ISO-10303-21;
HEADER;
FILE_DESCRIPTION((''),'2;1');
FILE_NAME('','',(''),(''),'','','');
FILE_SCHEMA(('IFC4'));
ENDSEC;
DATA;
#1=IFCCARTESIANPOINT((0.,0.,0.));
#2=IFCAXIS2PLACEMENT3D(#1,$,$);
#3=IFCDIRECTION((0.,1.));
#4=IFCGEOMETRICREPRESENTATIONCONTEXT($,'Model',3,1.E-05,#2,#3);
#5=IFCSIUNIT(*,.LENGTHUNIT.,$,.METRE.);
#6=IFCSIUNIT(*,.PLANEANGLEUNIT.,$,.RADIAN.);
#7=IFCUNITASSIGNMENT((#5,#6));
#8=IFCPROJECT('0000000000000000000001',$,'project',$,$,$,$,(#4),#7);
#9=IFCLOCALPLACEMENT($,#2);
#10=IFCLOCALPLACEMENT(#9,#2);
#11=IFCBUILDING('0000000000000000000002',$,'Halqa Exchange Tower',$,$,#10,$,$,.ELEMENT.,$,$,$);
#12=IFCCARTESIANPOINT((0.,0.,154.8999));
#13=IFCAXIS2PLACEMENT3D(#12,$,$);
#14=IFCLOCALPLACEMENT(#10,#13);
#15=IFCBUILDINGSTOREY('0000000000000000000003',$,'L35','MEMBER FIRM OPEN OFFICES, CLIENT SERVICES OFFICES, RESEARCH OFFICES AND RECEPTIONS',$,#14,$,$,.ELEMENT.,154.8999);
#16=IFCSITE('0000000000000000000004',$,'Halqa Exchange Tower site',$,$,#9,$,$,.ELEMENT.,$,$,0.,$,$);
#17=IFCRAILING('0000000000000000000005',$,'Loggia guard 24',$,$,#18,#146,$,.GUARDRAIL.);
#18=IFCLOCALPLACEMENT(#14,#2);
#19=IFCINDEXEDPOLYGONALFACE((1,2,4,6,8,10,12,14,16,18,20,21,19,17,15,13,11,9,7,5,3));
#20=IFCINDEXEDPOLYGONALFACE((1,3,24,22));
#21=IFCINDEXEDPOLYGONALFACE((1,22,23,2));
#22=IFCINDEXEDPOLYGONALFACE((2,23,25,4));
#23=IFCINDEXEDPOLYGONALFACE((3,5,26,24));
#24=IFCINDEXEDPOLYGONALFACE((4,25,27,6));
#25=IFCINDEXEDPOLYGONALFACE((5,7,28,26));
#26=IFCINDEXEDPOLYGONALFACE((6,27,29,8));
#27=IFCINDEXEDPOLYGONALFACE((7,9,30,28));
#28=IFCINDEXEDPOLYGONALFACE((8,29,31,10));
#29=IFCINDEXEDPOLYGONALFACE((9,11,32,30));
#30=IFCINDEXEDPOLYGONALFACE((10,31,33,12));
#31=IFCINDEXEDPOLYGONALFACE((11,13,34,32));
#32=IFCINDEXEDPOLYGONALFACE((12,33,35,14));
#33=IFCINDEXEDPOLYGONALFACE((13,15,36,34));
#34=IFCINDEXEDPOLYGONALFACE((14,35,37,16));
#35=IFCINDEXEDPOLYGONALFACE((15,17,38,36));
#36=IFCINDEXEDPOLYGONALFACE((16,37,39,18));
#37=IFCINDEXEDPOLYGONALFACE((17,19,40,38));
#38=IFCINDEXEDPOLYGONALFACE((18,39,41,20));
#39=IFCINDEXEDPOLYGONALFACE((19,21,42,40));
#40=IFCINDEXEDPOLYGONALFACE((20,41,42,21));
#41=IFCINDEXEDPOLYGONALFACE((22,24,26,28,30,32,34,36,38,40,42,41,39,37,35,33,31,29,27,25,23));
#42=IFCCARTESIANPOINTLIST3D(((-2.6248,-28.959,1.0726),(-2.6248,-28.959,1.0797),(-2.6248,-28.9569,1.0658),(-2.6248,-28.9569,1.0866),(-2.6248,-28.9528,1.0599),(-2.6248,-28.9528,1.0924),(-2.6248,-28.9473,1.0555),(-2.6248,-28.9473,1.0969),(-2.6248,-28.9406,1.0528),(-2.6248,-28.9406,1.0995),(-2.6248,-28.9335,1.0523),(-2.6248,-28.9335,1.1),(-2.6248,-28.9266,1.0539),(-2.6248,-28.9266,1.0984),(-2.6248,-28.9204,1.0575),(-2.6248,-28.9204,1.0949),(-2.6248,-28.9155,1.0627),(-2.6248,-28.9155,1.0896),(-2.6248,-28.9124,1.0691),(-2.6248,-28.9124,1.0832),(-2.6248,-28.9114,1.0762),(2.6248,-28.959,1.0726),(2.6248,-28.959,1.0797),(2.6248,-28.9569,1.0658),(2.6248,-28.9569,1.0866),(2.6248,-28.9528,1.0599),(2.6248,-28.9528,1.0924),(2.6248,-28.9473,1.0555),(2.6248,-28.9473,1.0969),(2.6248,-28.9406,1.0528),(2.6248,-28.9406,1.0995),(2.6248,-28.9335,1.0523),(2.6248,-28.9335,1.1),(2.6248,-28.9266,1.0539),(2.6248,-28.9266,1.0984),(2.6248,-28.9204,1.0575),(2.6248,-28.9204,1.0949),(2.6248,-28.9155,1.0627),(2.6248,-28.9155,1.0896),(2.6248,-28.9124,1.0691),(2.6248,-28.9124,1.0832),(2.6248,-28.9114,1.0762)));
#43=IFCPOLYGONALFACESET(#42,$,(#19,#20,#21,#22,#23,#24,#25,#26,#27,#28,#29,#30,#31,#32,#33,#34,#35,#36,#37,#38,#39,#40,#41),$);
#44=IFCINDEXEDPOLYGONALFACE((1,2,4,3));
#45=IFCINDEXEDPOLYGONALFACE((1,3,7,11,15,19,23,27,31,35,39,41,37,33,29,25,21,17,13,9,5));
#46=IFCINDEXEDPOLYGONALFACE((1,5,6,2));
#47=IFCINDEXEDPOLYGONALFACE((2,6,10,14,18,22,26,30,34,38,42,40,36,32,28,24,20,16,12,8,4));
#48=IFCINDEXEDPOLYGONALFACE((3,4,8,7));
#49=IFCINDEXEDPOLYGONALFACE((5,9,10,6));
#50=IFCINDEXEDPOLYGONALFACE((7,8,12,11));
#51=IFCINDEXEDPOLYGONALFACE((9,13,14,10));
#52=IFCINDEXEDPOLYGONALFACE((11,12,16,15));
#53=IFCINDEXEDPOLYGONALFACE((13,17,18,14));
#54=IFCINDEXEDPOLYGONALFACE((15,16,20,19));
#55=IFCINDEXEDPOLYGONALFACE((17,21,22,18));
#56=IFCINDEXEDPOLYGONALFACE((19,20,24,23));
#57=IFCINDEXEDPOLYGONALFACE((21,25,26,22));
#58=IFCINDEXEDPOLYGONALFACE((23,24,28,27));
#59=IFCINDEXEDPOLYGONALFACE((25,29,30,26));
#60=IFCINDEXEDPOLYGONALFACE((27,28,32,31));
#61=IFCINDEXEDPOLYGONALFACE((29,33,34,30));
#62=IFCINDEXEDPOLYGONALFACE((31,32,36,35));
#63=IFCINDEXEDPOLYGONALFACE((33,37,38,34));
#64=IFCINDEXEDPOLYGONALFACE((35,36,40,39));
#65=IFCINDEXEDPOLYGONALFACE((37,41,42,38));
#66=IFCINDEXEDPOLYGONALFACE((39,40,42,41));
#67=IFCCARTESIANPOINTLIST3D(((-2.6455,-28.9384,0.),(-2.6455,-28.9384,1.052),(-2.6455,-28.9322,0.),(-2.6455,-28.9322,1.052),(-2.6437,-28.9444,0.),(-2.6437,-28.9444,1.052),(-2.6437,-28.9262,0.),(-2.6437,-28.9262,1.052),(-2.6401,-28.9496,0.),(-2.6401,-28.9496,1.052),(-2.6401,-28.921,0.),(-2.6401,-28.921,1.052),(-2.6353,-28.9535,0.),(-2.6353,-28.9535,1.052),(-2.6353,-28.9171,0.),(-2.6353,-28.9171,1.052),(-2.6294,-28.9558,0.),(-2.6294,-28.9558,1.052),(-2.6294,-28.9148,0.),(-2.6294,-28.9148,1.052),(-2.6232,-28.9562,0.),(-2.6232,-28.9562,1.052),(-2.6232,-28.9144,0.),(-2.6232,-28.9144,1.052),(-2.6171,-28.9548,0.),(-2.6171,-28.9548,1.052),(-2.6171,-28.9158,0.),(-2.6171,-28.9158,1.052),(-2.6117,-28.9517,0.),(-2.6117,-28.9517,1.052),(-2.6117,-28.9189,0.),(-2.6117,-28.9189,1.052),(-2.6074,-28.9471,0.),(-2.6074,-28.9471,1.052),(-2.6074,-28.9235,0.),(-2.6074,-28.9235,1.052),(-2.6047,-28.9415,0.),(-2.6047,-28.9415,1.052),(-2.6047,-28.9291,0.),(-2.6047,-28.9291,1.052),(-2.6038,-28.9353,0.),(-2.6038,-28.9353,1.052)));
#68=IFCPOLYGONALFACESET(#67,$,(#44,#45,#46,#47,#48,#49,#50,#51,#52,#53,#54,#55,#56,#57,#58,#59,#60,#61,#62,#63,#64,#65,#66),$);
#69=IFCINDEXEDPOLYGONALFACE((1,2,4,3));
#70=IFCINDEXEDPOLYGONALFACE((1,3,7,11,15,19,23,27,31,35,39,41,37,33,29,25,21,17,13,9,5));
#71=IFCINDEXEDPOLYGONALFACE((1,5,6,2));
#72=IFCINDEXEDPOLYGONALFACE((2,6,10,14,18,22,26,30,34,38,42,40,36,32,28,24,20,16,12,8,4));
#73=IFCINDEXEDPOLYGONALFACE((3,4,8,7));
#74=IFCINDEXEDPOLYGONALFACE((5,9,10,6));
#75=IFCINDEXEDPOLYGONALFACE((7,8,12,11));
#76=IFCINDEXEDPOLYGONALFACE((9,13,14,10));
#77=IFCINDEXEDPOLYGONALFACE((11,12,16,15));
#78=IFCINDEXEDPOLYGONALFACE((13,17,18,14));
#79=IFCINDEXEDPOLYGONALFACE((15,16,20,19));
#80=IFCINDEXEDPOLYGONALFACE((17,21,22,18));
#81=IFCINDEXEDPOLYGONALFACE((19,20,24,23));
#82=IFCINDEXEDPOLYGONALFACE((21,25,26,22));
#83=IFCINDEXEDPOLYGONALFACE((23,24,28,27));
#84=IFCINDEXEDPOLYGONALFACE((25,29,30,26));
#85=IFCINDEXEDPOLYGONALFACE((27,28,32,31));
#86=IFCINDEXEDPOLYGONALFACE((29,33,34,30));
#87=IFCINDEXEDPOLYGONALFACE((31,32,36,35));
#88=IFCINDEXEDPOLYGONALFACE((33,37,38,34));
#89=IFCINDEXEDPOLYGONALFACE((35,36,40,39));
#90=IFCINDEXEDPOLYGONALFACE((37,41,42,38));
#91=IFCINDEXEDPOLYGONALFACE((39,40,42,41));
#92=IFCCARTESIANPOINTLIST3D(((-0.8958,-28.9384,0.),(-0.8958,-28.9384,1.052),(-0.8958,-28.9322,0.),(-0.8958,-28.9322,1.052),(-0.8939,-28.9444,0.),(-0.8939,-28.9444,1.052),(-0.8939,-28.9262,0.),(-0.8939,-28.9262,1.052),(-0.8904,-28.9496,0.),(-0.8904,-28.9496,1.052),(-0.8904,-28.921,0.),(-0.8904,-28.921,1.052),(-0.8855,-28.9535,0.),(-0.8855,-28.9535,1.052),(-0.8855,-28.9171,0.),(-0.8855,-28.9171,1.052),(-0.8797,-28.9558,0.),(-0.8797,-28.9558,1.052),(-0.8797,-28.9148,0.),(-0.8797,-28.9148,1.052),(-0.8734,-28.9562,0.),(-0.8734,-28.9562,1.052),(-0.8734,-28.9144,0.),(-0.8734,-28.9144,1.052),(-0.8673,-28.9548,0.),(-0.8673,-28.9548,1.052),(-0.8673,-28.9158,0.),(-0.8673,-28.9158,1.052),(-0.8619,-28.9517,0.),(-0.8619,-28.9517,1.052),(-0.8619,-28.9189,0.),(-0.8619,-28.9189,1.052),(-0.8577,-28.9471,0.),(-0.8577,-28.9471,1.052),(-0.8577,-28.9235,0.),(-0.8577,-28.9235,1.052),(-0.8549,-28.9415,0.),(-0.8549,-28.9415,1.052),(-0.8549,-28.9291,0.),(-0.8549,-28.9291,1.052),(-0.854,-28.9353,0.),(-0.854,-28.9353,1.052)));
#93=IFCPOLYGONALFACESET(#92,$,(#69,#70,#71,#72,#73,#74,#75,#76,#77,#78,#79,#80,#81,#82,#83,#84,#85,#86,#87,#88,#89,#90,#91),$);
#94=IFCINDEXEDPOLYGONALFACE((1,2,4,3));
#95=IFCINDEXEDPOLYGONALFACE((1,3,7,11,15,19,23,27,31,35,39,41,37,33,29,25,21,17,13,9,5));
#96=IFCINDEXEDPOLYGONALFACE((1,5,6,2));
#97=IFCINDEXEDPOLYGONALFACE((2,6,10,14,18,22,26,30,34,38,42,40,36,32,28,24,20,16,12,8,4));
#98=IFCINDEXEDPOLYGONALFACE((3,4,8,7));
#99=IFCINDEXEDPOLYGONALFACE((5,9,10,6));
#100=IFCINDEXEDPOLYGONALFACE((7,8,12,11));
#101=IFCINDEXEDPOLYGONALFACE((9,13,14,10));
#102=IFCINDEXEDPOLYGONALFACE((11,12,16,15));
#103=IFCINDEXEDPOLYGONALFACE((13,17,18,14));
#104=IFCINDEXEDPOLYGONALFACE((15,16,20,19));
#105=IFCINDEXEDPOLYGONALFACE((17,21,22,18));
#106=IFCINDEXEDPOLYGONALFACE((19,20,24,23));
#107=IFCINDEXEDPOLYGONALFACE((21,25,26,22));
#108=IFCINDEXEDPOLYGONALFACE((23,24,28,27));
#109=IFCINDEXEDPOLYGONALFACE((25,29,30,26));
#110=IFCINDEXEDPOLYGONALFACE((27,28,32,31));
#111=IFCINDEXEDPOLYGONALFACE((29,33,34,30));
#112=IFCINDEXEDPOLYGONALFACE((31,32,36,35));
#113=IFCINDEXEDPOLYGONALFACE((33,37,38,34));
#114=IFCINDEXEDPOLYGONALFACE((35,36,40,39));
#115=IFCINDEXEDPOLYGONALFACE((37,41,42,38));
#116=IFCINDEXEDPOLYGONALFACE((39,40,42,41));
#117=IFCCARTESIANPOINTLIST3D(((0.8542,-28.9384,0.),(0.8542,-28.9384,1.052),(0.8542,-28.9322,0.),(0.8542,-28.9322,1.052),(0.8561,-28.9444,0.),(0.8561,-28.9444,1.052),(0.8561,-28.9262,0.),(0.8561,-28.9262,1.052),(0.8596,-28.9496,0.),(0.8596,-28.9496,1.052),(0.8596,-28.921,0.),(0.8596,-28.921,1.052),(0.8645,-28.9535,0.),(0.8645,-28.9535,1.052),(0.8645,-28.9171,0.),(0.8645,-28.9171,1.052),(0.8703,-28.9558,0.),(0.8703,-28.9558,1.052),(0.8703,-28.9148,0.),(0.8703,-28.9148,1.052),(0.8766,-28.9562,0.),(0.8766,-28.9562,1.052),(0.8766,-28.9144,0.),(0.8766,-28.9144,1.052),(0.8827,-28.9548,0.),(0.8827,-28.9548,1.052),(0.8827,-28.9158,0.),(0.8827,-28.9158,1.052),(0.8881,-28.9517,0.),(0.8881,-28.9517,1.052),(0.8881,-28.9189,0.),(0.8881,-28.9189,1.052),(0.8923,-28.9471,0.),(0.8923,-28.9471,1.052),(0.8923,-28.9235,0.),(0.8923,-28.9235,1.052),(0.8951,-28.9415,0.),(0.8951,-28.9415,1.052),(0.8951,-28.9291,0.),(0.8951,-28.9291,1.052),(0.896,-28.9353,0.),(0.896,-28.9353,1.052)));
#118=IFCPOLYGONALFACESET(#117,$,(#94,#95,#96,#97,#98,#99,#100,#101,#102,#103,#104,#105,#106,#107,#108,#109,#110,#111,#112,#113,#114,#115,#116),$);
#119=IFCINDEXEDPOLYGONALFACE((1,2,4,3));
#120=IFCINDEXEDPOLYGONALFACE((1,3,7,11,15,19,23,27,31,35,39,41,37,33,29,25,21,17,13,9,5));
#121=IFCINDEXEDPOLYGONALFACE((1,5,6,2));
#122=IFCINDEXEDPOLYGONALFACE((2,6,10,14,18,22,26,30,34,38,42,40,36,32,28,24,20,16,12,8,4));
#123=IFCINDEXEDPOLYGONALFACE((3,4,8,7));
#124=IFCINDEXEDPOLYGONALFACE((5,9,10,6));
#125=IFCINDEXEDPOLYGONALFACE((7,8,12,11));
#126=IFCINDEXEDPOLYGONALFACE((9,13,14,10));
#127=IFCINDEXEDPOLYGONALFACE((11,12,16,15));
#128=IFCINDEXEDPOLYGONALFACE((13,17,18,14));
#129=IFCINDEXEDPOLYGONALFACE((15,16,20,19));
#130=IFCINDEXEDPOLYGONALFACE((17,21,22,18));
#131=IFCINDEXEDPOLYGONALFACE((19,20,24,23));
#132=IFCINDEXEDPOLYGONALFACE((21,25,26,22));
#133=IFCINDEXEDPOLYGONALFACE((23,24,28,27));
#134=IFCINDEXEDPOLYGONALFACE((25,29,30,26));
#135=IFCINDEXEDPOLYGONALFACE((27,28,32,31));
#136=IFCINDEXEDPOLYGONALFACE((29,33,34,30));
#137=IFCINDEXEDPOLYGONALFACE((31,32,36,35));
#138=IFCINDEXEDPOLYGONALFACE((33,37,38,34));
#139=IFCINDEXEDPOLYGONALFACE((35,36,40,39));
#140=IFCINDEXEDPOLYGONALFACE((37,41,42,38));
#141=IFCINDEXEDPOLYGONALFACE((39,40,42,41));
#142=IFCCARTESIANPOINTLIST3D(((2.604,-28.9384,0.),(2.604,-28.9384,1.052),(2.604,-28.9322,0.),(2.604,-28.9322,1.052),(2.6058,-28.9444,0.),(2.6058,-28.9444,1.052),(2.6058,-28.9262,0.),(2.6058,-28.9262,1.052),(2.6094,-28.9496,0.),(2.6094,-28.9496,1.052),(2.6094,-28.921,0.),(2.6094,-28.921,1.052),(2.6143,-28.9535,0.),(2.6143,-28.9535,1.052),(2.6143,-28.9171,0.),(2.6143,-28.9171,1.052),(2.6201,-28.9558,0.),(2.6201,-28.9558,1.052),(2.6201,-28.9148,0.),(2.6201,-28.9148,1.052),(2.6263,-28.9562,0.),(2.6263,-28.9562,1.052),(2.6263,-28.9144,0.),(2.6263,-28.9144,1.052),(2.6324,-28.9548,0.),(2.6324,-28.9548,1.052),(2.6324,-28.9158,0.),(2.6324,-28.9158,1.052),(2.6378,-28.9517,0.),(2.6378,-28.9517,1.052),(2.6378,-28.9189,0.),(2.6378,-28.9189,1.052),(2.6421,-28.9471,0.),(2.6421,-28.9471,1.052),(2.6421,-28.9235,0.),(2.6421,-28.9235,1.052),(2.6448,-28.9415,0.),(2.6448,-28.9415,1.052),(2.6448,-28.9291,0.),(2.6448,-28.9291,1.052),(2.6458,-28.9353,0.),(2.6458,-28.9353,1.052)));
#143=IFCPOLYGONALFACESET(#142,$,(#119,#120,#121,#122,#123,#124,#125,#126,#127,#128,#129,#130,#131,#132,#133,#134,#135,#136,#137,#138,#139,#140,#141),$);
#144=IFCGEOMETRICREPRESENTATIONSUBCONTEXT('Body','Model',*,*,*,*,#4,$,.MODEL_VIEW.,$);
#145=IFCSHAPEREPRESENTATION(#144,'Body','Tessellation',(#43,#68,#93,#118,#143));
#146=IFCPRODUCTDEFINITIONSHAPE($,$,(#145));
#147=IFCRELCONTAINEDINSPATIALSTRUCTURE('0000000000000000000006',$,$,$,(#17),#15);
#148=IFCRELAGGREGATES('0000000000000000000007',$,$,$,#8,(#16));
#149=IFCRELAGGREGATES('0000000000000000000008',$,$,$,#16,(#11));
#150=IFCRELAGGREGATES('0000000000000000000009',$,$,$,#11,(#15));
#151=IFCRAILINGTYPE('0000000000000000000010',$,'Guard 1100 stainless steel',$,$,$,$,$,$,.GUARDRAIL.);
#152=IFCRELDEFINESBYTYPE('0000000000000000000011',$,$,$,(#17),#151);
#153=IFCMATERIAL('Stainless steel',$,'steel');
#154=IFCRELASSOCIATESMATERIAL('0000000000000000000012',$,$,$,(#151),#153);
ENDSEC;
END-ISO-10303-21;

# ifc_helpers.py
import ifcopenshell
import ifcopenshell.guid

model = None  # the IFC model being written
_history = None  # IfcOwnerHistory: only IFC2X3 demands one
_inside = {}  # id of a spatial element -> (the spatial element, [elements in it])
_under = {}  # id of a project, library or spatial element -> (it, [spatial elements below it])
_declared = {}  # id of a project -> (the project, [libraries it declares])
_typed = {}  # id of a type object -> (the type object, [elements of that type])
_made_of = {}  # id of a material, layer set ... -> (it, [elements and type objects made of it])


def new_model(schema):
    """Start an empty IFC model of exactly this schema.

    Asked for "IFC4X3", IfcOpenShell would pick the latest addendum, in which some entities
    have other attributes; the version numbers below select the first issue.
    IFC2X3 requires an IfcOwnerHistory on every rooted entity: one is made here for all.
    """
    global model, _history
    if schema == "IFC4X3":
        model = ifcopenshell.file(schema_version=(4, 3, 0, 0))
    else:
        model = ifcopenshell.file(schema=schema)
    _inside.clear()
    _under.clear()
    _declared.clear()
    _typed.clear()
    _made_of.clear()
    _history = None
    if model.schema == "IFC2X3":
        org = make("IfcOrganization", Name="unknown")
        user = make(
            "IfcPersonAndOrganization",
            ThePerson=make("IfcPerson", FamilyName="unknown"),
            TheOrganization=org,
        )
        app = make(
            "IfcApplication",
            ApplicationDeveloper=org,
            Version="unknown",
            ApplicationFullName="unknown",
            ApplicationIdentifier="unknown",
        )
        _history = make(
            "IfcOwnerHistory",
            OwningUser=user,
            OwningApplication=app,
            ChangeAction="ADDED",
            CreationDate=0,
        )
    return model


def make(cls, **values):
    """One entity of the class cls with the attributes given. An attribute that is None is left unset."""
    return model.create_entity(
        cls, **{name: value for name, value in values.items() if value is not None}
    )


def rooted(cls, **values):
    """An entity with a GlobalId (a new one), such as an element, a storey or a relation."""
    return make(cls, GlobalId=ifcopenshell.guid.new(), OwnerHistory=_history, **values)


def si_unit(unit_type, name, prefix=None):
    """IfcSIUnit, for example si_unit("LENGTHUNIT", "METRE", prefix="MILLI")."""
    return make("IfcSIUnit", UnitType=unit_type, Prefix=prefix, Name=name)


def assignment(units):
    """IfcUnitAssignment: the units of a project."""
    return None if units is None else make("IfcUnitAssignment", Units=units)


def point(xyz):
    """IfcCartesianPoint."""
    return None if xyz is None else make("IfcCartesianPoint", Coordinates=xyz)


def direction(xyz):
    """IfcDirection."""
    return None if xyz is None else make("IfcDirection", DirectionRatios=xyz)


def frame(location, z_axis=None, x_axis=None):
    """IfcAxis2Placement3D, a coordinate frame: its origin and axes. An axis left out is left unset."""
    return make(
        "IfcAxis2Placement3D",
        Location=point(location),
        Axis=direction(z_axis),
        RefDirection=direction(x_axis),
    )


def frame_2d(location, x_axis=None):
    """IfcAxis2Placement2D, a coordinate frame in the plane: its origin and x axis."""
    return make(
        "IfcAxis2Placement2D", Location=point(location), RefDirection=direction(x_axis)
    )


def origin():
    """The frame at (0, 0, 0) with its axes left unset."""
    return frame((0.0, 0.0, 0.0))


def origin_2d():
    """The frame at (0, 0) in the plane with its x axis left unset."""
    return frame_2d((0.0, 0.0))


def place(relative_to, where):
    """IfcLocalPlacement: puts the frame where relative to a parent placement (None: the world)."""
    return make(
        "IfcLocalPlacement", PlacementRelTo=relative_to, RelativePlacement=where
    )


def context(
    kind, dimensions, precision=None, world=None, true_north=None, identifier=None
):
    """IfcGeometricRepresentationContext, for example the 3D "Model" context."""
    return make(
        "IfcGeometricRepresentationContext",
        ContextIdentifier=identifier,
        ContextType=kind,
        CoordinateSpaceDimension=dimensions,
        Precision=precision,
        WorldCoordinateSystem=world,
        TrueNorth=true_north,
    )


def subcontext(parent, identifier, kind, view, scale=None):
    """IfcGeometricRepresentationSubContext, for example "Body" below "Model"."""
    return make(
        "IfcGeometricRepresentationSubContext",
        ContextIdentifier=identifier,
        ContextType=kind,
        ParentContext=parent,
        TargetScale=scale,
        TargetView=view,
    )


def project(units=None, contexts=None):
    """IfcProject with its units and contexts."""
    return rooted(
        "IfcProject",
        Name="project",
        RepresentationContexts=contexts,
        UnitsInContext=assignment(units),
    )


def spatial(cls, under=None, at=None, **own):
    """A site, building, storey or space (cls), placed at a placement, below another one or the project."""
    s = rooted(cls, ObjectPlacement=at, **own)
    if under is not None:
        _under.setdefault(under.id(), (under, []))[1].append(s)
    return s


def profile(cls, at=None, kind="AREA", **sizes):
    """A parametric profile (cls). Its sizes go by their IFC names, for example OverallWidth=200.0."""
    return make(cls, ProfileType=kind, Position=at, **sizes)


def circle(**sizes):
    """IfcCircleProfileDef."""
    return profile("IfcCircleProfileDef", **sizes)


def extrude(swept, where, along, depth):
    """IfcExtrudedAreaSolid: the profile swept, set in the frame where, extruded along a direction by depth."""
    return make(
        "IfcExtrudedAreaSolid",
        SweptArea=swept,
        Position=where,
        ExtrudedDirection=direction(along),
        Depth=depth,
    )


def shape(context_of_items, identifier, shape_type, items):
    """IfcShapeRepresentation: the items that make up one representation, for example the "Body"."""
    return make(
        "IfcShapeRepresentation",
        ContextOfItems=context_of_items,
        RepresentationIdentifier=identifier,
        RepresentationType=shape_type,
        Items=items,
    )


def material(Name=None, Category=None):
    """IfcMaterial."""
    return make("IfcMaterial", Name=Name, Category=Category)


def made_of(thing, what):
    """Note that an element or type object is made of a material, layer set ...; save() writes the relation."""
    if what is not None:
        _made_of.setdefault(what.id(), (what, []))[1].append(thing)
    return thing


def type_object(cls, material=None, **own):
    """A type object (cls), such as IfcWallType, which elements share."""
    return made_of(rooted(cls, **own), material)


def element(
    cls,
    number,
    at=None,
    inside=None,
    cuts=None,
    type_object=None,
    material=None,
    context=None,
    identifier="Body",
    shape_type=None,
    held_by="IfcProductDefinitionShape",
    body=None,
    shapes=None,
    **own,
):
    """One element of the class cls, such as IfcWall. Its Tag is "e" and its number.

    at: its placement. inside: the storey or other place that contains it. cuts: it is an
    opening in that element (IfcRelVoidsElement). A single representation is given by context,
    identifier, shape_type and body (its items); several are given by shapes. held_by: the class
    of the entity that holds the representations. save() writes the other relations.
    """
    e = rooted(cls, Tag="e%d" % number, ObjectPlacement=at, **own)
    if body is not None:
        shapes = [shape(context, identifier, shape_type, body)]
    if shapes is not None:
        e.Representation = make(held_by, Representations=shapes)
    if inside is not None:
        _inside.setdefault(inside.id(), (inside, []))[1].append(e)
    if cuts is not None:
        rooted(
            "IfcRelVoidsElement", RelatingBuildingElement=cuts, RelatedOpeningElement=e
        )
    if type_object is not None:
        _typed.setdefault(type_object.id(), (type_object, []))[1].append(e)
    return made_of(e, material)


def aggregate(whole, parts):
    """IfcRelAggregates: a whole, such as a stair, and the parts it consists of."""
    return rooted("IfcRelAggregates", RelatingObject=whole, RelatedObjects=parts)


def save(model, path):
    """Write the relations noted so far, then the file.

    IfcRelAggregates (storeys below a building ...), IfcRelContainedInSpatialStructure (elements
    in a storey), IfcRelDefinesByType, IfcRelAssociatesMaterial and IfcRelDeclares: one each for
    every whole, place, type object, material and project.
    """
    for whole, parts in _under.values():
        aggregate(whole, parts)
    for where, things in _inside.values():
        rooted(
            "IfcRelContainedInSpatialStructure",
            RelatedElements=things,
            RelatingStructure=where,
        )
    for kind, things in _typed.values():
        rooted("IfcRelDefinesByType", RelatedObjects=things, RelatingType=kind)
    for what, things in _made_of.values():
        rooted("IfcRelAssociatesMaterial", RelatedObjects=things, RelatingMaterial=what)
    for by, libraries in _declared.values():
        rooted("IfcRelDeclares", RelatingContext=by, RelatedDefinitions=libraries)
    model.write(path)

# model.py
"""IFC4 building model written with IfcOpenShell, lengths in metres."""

from ifc_helpers import new_model, si_unit, direction, frame, origin, origin_2d, place, context, subcontext, project, spatial, circle, extrude, material, type_object, element, save


model = new_model("IFC4")

# Units and contexts
model_context = context("Model", 3, precision=1e-05, world=origin(), true_north=direction((0.0, 1.0)))
body_context = subcontext(model_context, "Body", "Model", "MODEL_VIEW")
ifc_project = project(units=[si_unit("LENGTHUNIT", "METRE"), si_unit("PLANEANGLEUNIT", "RADIAN")], contexts=[model_context])

# Site, building, storey
site_placement = place(None, origin())
site = spatial("IfcSite", under=ifc_project, at=site_placement, Name="Halqa Exchange Tower site", CompositionType="ELEMENT", RefElevation=0.0)
building_placement = place(site_placement, origin())
building = spatial("IfcBuilding", under=site, at=building_placement, Name="Halqa Exchange Tower", CompositionType="ELEMENT")
storey_placement = place(building_placement, frame((0.0, 0.0, 154.8999)))
storey = spatial("IfcBuildingStorey", under=building, at=storey_placement, Name="L35", Description="MEMBER FIRM OPEN OFFICES, CLIENT SERVICES OFFICES, RESEARCH OFFICES AND RECEPTIONS", CompositionType="ELEMENT", Elevation=154.8999)

# Railing
ifc_material_1 = material(Name="Stainless steel", Category="steel")
railing_type = type_object("IfcRailingType", Name="Guard 1100 stainless steel", PredefinedType="GUARDRAIL", material=ifc_material_1)
railing_1_placement = place(storey_placement, frame((-2.6248, -28.9353, 0.0)))
element("IfcRailing", 1, at=railing_1_placement, inside=storey, type_object=railing_type, Name="Loggia guard 24", PredefinedType="GUARDRAIL", context=body_context, shape_type="SweptSolid", body=[
    extrude(circle(Radius=0.0239, at=origin_2d()), frame((0.0, 0.0, 1.0762), z_axis=(1.0, 0.0, 0.0), x_axis=(0.0, 1.0, 0.0)), (0.0, 0.0, 1.0), 5.2495),
    extrude(circle(Radius=0.021, at=origin_2d()), origin(), (0.0, 0.0, 1.0), 1.052),
    extrude(circle(Radius=0.021, at=origin_2d()), frame((1.7498, 0.0, 0.0)), (0.0, 0.0, 1.0), 1.052),
    extrude(circle(Radius=0.021, at=origin_2d()), frame((3.4998, 0.0, 0.0)), (0.0, 0.0, 1.0), 1.052),
    extrude(circle(Radius=0.021, at=origin_2d()), frame((5.2495, 0.0, 0.0)), (0.0, 0.0, 1.0), 1.052),
])

save(model, "model.ifc")
